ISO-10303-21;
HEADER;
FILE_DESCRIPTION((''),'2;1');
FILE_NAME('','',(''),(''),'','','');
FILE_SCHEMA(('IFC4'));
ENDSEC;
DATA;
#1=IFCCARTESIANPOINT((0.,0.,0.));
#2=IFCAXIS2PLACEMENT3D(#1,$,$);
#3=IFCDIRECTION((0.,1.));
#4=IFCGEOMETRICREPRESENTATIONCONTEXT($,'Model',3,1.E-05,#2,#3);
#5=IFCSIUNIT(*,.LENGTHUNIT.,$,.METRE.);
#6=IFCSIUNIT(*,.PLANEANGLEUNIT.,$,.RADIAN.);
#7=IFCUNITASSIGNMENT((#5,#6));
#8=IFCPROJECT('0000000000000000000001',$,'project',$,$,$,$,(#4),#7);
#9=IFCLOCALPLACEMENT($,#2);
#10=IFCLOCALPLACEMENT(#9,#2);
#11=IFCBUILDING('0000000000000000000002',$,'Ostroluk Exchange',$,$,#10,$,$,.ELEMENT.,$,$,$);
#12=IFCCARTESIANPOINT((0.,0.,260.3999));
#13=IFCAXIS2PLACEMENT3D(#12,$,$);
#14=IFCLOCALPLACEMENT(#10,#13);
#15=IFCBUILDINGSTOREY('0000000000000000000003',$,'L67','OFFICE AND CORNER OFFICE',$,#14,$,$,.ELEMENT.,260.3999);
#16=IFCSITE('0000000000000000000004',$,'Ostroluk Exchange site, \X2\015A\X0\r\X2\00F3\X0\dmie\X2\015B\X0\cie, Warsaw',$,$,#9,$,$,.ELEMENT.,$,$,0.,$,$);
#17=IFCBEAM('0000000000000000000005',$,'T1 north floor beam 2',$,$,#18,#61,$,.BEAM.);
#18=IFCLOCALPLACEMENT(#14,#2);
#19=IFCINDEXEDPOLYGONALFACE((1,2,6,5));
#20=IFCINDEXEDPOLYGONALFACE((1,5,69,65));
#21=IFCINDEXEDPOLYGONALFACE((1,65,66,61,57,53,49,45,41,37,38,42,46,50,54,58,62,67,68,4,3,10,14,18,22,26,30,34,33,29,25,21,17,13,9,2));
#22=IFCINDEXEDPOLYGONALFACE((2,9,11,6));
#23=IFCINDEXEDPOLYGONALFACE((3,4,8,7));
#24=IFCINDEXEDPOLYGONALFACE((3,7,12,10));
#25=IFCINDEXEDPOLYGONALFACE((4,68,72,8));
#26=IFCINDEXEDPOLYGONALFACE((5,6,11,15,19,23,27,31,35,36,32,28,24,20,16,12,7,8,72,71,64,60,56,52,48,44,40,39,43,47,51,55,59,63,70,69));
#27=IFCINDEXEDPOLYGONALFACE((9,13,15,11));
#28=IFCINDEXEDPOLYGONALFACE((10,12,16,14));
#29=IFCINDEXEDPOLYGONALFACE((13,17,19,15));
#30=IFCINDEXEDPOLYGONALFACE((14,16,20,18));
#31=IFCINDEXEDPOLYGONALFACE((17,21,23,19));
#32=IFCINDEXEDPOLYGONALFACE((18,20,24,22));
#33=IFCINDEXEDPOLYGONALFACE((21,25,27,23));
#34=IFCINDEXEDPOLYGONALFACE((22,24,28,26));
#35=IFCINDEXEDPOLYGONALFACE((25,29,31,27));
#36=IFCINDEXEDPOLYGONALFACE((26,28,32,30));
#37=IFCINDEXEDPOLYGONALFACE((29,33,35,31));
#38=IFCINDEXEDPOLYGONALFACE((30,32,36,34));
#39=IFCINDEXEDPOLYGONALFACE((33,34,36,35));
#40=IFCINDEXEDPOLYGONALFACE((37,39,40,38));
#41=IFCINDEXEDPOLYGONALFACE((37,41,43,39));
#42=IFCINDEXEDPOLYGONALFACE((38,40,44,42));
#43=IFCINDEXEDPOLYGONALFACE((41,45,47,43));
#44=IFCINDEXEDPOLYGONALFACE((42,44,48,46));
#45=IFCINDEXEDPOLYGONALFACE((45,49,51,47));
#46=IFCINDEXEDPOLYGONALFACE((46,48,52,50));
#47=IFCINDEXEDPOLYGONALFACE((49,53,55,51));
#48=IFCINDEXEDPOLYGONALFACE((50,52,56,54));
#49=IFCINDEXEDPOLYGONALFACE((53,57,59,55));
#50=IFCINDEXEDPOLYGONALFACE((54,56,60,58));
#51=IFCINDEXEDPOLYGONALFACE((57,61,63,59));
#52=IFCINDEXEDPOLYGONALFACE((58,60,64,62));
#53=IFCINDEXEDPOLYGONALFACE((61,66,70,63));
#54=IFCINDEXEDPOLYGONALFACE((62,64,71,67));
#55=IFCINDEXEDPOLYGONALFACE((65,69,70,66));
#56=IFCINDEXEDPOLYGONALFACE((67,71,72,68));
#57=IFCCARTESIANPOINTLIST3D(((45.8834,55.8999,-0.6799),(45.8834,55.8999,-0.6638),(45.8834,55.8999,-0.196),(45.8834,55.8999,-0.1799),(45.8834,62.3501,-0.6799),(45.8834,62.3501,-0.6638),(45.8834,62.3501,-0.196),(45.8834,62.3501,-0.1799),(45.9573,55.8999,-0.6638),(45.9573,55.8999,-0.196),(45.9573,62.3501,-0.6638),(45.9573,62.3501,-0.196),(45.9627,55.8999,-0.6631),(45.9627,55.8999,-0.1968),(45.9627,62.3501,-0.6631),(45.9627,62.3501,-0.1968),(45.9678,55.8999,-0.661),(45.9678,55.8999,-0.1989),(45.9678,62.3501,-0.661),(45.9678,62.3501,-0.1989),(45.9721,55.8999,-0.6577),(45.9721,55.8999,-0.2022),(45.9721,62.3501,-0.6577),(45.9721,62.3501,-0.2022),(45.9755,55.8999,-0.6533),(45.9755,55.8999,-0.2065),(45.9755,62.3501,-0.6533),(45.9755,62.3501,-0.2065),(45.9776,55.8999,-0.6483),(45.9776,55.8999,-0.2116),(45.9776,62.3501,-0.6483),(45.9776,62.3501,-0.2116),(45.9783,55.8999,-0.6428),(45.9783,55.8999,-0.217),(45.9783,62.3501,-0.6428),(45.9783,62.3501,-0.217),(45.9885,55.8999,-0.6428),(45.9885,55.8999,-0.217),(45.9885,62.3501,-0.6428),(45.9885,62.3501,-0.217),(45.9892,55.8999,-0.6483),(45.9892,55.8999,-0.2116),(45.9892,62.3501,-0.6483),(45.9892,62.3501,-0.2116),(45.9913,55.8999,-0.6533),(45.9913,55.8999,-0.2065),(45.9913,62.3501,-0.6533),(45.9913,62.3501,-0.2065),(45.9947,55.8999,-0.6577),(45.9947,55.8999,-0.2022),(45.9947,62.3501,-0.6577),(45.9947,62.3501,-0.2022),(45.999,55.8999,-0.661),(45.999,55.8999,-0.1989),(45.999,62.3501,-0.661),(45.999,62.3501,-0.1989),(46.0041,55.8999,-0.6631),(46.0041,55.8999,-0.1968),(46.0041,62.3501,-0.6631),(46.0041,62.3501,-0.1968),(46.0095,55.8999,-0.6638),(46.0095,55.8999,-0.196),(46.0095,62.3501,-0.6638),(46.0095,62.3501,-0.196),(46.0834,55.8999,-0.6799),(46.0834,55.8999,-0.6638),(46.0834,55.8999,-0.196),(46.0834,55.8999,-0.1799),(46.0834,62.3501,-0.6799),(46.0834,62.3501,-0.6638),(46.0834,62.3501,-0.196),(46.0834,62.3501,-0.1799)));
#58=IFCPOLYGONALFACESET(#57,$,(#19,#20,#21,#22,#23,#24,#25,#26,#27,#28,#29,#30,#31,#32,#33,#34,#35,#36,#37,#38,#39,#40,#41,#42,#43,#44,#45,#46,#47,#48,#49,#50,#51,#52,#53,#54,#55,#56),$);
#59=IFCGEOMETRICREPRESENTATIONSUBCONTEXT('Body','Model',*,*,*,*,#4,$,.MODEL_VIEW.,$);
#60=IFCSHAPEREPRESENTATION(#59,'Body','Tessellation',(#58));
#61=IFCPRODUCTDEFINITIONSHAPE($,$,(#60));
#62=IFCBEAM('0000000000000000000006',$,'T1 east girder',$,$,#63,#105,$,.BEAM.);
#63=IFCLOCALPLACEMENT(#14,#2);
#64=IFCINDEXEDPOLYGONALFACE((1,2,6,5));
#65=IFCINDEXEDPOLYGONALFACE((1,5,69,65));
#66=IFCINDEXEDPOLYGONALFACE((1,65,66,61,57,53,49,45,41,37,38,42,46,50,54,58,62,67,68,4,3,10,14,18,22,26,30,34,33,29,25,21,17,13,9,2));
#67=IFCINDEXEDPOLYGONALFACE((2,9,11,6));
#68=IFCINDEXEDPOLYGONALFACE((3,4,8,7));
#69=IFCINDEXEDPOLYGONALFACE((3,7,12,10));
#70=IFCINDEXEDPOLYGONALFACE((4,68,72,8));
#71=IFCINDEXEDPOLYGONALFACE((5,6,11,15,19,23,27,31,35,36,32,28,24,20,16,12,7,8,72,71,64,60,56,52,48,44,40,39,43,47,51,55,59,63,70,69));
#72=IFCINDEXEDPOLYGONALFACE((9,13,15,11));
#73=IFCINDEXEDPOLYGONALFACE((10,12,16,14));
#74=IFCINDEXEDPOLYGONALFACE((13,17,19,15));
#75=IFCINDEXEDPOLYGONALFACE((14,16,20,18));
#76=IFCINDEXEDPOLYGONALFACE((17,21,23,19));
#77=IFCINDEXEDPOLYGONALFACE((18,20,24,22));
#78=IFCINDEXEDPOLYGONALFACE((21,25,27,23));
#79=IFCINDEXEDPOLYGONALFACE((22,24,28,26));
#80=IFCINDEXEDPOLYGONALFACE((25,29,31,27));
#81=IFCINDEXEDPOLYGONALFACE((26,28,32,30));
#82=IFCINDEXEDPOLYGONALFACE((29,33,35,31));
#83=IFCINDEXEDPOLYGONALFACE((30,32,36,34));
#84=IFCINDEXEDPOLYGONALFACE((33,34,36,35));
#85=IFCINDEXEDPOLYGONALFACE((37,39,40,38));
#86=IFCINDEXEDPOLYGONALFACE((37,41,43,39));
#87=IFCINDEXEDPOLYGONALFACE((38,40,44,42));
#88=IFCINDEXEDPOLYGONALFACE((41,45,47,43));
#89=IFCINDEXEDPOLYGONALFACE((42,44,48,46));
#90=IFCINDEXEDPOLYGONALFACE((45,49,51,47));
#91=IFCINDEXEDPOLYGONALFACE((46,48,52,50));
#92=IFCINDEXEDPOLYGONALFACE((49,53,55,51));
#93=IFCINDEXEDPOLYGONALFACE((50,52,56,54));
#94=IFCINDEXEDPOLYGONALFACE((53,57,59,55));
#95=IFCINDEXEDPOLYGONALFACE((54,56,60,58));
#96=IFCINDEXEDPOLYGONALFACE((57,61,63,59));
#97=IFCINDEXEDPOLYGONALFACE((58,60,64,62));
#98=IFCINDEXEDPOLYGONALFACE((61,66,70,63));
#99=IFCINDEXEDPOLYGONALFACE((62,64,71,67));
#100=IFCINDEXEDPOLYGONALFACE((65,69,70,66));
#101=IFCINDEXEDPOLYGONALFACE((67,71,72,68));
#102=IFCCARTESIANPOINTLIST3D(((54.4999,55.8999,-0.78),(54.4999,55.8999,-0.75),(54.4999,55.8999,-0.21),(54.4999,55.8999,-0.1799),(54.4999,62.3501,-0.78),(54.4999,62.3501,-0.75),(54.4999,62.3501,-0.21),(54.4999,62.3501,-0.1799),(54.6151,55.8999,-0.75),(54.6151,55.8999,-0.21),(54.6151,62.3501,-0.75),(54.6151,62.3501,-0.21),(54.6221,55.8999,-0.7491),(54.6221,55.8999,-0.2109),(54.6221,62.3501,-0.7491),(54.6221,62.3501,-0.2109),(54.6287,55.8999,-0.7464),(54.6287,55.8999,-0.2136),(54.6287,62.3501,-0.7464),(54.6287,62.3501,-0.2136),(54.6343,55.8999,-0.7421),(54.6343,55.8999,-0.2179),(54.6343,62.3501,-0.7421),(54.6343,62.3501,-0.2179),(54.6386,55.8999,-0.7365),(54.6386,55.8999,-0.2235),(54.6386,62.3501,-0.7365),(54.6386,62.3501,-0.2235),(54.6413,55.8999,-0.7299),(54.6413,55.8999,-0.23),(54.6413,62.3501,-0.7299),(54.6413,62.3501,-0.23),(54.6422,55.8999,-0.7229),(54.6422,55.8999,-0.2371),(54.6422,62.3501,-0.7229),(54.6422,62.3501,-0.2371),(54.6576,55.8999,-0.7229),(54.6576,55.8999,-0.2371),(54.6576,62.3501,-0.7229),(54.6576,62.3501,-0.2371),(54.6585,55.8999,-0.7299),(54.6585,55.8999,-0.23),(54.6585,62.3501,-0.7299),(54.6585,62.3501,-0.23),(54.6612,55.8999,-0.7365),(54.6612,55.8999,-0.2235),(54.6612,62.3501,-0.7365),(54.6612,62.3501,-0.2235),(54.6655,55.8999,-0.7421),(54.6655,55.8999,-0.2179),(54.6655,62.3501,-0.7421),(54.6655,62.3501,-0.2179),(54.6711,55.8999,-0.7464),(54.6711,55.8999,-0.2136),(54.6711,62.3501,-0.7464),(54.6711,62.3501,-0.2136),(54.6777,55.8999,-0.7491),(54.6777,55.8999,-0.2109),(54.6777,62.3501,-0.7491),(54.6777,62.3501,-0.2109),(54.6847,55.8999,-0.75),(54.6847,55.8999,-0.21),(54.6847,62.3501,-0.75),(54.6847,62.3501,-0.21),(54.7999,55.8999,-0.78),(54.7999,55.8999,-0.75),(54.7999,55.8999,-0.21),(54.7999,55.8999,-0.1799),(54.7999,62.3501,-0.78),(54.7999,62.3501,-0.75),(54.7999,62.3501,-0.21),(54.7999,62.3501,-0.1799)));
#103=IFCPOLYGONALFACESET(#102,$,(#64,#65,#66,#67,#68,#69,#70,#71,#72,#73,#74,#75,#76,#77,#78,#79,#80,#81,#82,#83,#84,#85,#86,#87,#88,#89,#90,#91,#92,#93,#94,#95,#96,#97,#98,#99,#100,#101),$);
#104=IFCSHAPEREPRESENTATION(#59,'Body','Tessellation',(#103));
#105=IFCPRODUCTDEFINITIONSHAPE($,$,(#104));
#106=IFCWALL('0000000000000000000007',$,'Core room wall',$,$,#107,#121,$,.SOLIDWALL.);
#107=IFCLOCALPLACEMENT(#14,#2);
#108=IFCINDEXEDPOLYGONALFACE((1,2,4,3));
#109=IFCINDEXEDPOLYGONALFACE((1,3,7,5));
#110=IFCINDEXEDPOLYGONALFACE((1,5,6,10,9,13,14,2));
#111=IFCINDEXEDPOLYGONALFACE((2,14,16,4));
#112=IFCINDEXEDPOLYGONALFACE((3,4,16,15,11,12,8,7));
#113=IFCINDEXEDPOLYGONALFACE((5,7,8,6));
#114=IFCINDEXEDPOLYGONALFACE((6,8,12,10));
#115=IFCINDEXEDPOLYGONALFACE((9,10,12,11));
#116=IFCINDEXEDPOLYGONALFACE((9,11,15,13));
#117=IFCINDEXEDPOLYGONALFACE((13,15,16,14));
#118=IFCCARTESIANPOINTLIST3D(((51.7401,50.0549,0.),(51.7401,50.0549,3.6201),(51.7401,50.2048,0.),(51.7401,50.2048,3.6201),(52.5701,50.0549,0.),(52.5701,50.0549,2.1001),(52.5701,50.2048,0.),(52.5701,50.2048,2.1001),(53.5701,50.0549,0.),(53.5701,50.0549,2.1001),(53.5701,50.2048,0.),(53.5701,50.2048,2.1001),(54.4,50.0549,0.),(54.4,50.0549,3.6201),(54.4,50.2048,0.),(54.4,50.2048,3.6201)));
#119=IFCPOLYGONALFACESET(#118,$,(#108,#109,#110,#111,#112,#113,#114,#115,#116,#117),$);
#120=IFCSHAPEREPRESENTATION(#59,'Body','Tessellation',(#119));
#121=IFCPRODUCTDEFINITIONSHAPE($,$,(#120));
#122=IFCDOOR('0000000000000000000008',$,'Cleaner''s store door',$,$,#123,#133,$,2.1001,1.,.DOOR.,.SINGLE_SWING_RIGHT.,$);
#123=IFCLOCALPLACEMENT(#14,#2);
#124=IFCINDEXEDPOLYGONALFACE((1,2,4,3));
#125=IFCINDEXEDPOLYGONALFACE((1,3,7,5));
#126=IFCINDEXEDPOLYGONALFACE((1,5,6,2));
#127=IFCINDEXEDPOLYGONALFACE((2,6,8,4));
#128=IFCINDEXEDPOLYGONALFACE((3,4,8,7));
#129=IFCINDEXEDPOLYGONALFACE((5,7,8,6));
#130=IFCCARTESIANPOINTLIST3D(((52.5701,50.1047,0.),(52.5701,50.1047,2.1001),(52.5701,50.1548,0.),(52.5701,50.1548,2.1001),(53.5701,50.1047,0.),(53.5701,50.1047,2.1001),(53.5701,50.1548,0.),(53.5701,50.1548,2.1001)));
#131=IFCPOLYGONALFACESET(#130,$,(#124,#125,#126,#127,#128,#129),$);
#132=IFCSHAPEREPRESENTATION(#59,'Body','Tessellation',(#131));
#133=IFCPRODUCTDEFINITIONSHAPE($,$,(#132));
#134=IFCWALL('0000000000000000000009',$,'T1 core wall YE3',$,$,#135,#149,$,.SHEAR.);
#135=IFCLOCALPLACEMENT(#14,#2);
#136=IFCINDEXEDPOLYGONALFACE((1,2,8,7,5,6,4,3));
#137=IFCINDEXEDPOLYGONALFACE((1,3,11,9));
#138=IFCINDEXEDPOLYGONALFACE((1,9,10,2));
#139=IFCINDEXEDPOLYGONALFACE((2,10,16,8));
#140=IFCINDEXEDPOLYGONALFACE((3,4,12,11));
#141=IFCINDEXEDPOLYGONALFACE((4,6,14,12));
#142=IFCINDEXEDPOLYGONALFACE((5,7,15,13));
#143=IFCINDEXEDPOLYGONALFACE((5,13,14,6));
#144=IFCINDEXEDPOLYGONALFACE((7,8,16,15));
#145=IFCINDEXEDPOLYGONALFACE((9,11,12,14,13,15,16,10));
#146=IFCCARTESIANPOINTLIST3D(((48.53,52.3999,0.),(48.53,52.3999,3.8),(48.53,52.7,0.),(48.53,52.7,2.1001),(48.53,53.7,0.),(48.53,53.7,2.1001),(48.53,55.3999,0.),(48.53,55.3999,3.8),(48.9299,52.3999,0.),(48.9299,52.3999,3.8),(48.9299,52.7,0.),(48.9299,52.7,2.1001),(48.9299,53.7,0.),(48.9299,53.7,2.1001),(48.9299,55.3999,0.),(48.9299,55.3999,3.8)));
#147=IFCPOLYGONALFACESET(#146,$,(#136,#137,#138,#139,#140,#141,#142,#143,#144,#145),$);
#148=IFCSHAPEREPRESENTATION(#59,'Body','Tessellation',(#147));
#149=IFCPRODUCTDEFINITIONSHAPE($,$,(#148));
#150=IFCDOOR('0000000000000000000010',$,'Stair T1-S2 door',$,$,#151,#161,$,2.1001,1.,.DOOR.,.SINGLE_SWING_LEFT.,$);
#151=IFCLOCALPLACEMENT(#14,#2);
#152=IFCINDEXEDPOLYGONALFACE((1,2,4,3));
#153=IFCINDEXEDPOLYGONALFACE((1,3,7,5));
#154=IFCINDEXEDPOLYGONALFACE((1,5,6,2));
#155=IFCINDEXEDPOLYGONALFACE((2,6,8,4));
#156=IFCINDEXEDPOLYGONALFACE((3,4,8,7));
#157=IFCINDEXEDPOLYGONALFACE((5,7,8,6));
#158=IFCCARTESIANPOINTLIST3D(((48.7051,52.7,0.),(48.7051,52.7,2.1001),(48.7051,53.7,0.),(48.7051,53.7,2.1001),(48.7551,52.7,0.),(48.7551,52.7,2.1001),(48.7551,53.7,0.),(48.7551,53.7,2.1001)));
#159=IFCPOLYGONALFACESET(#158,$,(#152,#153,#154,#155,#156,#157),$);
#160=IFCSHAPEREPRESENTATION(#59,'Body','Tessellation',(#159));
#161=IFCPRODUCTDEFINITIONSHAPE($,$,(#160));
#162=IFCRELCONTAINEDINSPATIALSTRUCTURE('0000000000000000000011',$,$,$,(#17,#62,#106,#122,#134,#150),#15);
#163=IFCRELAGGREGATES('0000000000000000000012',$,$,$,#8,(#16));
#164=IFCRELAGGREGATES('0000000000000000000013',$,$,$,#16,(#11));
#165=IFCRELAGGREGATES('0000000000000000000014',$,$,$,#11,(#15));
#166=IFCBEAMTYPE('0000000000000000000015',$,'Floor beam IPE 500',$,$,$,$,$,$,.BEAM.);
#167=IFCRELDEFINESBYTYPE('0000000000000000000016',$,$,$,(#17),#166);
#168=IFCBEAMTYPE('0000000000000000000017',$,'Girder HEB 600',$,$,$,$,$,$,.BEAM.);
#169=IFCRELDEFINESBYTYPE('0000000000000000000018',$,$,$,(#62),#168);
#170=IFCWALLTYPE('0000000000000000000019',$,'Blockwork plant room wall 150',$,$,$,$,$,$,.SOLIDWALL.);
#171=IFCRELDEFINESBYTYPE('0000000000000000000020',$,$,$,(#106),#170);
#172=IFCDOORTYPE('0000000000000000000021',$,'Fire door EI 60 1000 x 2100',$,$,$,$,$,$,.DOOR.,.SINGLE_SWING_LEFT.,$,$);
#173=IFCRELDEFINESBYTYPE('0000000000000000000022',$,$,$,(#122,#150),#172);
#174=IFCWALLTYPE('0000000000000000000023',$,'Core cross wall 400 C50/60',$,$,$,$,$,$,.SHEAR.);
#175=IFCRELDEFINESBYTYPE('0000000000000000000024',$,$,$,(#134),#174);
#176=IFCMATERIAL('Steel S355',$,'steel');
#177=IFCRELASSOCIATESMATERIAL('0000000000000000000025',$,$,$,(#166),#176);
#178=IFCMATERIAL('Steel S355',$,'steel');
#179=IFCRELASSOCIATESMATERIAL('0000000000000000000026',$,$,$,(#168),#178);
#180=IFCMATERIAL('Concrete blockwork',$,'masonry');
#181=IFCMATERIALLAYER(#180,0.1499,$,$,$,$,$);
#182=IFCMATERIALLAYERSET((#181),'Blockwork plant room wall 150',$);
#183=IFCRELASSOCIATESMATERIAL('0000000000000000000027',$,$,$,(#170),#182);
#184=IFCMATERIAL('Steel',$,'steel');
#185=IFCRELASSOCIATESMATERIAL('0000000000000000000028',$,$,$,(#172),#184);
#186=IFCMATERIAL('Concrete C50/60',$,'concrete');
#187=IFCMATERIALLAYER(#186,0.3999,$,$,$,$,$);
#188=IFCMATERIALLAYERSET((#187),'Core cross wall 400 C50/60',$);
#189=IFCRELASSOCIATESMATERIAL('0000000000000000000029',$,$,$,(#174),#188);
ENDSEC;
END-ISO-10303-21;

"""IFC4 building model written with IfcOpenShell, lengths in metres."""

from ifc_helpers import new_model, si_unit, direction, frame, frame_2d, origin, origin_2d, place, context, subcontext, project, spatial, rectangle, i_section, extrude, material, layer, layer_set, material_profile, profile_set, type_object, element, fill, save


model = new_model("IFC4")

# Units and contexts
model_context = context("Model", 3, precision=1e-05, world=origin(), true_north=direction((0.0, 1.0)))
body_context = subcontext(model_context, "Body", "Model", "MODEL_VIEW")
ifc_project = project(units=[si_unit("LENGTHUNIT", "METRE"), si_unit("PLANEANGLEUNIT", "RADIAN")], contexts=[model_context])

# Site, building, storey
site_placement = place(None, origin())
site = spatial("IfcSite", under=ifc_project, at=site_placement, Name="Ostroluk Exchange site, Śródmieście, Warsaw", CompositionType="ELEMENT", RefElevation=0.0)
building_placement = place(site_placement, origin())
building = spatial("IfcBuilding", under=site, at=building_placement, Name="Ostroluk Exchange", CompositionType="ELEMENT")
storey_placement = place(building_placement, frame((0.0, 0.0, 260.3999)))
storey = spatial("IfcBuildingStorey", under=building, at=storey_placement, Name="L67", Description="OFFICE AND CORNER OFFICE", CompositionType="ELEMENT", Elevation=260.3999)

# Beams
ifc_material_1 = material(Name="Steel S355", Category="steel")
ifc_material_profile_1 = material_profile(ifc_material_1, i_section(OverallWidth=0.2, OverallDepth=0.5, WebThickness=0.0103, FlangeThickness=0.0161, FilletRadius=0.021, at=origin_2d()), Name="IPE 500")
ifc_profile_set_1 = profile_set([ifc_material_profile_1], Name="Steel S355")
beam_type_1 = type_object("IfcBeamType", Name="Floor beam IPE 500", PredefinedType="BEAM", material=ifc_profile_set_1)
for number, where, z_axis, x_axis, name in (
    (1, (45.9834, 55.8999, -0.4299), (0.0, 1.0, 0.0), (-1.0, 0.0, 0.0), "T1 north floor beam 2"),
):
    element("IfcBeam", number, at=place(storey_placement, frame(where, z_axis=z_axis, x_axis=x_axis)), inside=storey, type_object=beam_type_1, Name=name, PredefinedType="BEAM", context=body_context, shape_type="SweptSolid", body=[
        extrude(i_section(OverallWidth=0.2, OverallDepth=0.5, WebThickness=0.0103, FlangeThickness=0.0161, FilletRadius=0.021, at=origin_2d()), origin(), (0.0, 0.0, 1.0), 6.4502),
    ])
ifc_material_2 = material(Name="Steel S355", Category="steel")
ifc_material_profile_2 = material_profile(ifc_material_2, i_section(OverallWidth=0.3, OverallDepth=0.6001, WebThickness=0.0154, FlangeThickness=0.03, FilletRadius=0.0271, at=origin_2d()), Name="HEB 600")
ifc_profile_set_2 = profile_set([ifc_material_profile_2], Name="Steel S355")
beam_type_2 = type_object("IfcBeamType", Name="Girder HEB 600", PredefinedType="BEAM", material=ifc_profile_set_2)
beam_placement = place(storey_placement, frame((54.6499, 55.8999, -0.48), z_axis=(0.0, 1.0, 0.0), x_axis=(-1.0, 0.0, 0.0)))
element("IfcBeam", 2, at=beam_placement, inside=storey, type_object=beam_type_2, Name="T1 east girder", PredefinedType="BEAM", context=body_context, shape_type="SweptSolid", body=[
    extrude(i_section(OverallWidth=0.3, OverallDepth=0.6001, WebThickness=0.0154, FlangeThickness=0.03, FilletRadius=0.0271, at=origin_2d()), origin(), (0.0, 0.0, 1.0), 6.4502),
])

# Walls, openings, doors
ifc_material_3 = material(Name="Concrete blockwork", Category="masonry")
ifc_layer_1 = layer(ifc_material_3, 0.1499)
ifc_layer_set_1 = layer_set([ifc_layer_1], Name="Blockwork plant room wall 150")
wall_type_1 = type_object("IfcWallType", Name="Blockwork plant room wall 150", PredefinedType="SOLIDWALL", material=ifc_layer_set_1)
wall_1_placement = place(storey_placement, frame((51.74, 50.1299, 0.0), z_axis=(0.0, 0.0, 1.0), x_axis=(1.0, 0.0, 0.0)))
wall_1 = element("IfcWall", 3, at=wall_1_placement, inside=storey, type_object=wall_type_1, Name="Core room wall", PredefinedType="SOLIDWALL", context=body_context, shape_type="SweptSolid", body=[
    extrude(rectangle(XDim=2.6599, YDim=0.1499, at=frame_2d((1.3301, 0.0))), origin(), (0.0, 0.0, 1.0), 3.6201),
])
opening_1_placement = place(wall_1_placement, frame((0.8301, 0.0, 0.0)))
opening_1 = element("IfcOpeningElement", 4, at=opening_1_placement, cuts=wall_1, PredefinedType="OPENING", context=body_context, shape_type="SweptSolid", body=[
    extrude(rectangle(XDim=1.0, YDim=2.1001, at=frame_2d((0.5, 1.05))), frame((0.0, 0.085, 0.0), z_axis=(0.0, -1.0, 0.0), x_axis=(1.0, 0.0, 0.0)), (0.0, 0.0, 1.0), 0.1699),
])
ifc_material_4 = material(Name="Steel", Category="steel")
door_type_1 = type_object("IfcDoorType", Name="Fire door EI 60 1000 x 2100", OperationType="SINGLE_SWING_LEFT", PredefinedType="DOOR", material=ifc_material_4)
door_1_placement = place(opening_1_placement, origin())
door_1 = element("IfcDoor", 5, at=door_1_placement, inside=storey, type_object=door_type_1, Name="Cleaner's store door", OperationType="SINGLE_SWING_RIGHT", OverallHeight=2.1001, OverallWidth=1.0, PredefinedType="DOOR", context=body_context, shape_type="SweptSolid", body=[
    extrude(rectangle(XDim=1.0, YDim=2.1001, at=frame_2d((0.5, 1.05))), frame((0.0, 0.0249, 0.0), z_axis=(0.0, -1.0, 0.0), x_axis=(1.0, 0.0, 0.0)), (0.0, 0.0, 1.0), 0.05),
])
fill(opening_1, door_1)
ifc_material_5 = material(Name="Concrete C50/60", Category="concrete")
ifc_layer_2 = layer(ifc_material_5, 0.3999)
ifc_layer_set_2 = layer_set([ifc_layer_2], Name="Core cross wall 400 C50/60")
wall_type_2 = type_object("IfcWallType", Name="Core cross wall 400 C50/60", PredefinedType="SHEAR", material=ifc_layer_set_2)
wall_2_placement = place(storey_placement, frame((48.73, 52.3999, 0.0), z_axis=(0.0, 0.0, 1.0), x_axis=(0.0, 1.0, 0.0)))
wall_2 = element("IfcWall", 6, at=wall_2_placement, inside=storey, type_object=wall_type_2, Name="T1 core wall YE3", PredefinedType="SHEAR", context=body_context, shape_type="SweptSolid", body=[
    extrude(rectangle(XDim=3.0, YDim=0.3999, at=frame_2d((1.5, 0.0))), origin(), (0.0, 0.0, 1.0), 3.8),
])
opening_2_placement = place(wall_2_placement, frame((0.3, 0.0, 0.0)))
opening_2 = element("IfcOpeningElement", 7, at=opening_2_placement, cuts=wall_2, PredefinedType="OPENING", context=body_context, shape_type="SweptSolid", body=[
    extrude(rectangle(XDim=1.0, YDim=2.1001, at=frame_2d((0.5, 1.05))), frame((0.0, 0.21, 0.0), z_axis=(0.0, -1.0, 0.0), x_axis=(1.0, 0.0, 0.0)), (0.0, 0.0, 1.0), 0.4199),
])
door_2_placement = place(opening_2_placement, origin())
door_2 = element("IfcDoor", 8, at=door_2_placement, inside=storey, type_object=door_type_1, Name="Stair T1-S2 door", OperationType="SINGLE_SWING_LEFT", OverallHeight=2.1001, OverallWidth=1.0, PredefinedType="DOOR", context=body_context, shape_type="SweptSolid", body=[
    extrude(rectangle(XDim=1.0, YDim=2.1001, at=frame_2d((0.5, 1.05))), frame((0.0, 0.0249, 0.0), z_axis=(0.0, -1.0, 0.0), x_axis=(1.0, 0.0, 0.0)), (0.0, 0.0, 1.0), 0.05),
])
fill(opening_2, door_2)

save(model, "model.ifc")
